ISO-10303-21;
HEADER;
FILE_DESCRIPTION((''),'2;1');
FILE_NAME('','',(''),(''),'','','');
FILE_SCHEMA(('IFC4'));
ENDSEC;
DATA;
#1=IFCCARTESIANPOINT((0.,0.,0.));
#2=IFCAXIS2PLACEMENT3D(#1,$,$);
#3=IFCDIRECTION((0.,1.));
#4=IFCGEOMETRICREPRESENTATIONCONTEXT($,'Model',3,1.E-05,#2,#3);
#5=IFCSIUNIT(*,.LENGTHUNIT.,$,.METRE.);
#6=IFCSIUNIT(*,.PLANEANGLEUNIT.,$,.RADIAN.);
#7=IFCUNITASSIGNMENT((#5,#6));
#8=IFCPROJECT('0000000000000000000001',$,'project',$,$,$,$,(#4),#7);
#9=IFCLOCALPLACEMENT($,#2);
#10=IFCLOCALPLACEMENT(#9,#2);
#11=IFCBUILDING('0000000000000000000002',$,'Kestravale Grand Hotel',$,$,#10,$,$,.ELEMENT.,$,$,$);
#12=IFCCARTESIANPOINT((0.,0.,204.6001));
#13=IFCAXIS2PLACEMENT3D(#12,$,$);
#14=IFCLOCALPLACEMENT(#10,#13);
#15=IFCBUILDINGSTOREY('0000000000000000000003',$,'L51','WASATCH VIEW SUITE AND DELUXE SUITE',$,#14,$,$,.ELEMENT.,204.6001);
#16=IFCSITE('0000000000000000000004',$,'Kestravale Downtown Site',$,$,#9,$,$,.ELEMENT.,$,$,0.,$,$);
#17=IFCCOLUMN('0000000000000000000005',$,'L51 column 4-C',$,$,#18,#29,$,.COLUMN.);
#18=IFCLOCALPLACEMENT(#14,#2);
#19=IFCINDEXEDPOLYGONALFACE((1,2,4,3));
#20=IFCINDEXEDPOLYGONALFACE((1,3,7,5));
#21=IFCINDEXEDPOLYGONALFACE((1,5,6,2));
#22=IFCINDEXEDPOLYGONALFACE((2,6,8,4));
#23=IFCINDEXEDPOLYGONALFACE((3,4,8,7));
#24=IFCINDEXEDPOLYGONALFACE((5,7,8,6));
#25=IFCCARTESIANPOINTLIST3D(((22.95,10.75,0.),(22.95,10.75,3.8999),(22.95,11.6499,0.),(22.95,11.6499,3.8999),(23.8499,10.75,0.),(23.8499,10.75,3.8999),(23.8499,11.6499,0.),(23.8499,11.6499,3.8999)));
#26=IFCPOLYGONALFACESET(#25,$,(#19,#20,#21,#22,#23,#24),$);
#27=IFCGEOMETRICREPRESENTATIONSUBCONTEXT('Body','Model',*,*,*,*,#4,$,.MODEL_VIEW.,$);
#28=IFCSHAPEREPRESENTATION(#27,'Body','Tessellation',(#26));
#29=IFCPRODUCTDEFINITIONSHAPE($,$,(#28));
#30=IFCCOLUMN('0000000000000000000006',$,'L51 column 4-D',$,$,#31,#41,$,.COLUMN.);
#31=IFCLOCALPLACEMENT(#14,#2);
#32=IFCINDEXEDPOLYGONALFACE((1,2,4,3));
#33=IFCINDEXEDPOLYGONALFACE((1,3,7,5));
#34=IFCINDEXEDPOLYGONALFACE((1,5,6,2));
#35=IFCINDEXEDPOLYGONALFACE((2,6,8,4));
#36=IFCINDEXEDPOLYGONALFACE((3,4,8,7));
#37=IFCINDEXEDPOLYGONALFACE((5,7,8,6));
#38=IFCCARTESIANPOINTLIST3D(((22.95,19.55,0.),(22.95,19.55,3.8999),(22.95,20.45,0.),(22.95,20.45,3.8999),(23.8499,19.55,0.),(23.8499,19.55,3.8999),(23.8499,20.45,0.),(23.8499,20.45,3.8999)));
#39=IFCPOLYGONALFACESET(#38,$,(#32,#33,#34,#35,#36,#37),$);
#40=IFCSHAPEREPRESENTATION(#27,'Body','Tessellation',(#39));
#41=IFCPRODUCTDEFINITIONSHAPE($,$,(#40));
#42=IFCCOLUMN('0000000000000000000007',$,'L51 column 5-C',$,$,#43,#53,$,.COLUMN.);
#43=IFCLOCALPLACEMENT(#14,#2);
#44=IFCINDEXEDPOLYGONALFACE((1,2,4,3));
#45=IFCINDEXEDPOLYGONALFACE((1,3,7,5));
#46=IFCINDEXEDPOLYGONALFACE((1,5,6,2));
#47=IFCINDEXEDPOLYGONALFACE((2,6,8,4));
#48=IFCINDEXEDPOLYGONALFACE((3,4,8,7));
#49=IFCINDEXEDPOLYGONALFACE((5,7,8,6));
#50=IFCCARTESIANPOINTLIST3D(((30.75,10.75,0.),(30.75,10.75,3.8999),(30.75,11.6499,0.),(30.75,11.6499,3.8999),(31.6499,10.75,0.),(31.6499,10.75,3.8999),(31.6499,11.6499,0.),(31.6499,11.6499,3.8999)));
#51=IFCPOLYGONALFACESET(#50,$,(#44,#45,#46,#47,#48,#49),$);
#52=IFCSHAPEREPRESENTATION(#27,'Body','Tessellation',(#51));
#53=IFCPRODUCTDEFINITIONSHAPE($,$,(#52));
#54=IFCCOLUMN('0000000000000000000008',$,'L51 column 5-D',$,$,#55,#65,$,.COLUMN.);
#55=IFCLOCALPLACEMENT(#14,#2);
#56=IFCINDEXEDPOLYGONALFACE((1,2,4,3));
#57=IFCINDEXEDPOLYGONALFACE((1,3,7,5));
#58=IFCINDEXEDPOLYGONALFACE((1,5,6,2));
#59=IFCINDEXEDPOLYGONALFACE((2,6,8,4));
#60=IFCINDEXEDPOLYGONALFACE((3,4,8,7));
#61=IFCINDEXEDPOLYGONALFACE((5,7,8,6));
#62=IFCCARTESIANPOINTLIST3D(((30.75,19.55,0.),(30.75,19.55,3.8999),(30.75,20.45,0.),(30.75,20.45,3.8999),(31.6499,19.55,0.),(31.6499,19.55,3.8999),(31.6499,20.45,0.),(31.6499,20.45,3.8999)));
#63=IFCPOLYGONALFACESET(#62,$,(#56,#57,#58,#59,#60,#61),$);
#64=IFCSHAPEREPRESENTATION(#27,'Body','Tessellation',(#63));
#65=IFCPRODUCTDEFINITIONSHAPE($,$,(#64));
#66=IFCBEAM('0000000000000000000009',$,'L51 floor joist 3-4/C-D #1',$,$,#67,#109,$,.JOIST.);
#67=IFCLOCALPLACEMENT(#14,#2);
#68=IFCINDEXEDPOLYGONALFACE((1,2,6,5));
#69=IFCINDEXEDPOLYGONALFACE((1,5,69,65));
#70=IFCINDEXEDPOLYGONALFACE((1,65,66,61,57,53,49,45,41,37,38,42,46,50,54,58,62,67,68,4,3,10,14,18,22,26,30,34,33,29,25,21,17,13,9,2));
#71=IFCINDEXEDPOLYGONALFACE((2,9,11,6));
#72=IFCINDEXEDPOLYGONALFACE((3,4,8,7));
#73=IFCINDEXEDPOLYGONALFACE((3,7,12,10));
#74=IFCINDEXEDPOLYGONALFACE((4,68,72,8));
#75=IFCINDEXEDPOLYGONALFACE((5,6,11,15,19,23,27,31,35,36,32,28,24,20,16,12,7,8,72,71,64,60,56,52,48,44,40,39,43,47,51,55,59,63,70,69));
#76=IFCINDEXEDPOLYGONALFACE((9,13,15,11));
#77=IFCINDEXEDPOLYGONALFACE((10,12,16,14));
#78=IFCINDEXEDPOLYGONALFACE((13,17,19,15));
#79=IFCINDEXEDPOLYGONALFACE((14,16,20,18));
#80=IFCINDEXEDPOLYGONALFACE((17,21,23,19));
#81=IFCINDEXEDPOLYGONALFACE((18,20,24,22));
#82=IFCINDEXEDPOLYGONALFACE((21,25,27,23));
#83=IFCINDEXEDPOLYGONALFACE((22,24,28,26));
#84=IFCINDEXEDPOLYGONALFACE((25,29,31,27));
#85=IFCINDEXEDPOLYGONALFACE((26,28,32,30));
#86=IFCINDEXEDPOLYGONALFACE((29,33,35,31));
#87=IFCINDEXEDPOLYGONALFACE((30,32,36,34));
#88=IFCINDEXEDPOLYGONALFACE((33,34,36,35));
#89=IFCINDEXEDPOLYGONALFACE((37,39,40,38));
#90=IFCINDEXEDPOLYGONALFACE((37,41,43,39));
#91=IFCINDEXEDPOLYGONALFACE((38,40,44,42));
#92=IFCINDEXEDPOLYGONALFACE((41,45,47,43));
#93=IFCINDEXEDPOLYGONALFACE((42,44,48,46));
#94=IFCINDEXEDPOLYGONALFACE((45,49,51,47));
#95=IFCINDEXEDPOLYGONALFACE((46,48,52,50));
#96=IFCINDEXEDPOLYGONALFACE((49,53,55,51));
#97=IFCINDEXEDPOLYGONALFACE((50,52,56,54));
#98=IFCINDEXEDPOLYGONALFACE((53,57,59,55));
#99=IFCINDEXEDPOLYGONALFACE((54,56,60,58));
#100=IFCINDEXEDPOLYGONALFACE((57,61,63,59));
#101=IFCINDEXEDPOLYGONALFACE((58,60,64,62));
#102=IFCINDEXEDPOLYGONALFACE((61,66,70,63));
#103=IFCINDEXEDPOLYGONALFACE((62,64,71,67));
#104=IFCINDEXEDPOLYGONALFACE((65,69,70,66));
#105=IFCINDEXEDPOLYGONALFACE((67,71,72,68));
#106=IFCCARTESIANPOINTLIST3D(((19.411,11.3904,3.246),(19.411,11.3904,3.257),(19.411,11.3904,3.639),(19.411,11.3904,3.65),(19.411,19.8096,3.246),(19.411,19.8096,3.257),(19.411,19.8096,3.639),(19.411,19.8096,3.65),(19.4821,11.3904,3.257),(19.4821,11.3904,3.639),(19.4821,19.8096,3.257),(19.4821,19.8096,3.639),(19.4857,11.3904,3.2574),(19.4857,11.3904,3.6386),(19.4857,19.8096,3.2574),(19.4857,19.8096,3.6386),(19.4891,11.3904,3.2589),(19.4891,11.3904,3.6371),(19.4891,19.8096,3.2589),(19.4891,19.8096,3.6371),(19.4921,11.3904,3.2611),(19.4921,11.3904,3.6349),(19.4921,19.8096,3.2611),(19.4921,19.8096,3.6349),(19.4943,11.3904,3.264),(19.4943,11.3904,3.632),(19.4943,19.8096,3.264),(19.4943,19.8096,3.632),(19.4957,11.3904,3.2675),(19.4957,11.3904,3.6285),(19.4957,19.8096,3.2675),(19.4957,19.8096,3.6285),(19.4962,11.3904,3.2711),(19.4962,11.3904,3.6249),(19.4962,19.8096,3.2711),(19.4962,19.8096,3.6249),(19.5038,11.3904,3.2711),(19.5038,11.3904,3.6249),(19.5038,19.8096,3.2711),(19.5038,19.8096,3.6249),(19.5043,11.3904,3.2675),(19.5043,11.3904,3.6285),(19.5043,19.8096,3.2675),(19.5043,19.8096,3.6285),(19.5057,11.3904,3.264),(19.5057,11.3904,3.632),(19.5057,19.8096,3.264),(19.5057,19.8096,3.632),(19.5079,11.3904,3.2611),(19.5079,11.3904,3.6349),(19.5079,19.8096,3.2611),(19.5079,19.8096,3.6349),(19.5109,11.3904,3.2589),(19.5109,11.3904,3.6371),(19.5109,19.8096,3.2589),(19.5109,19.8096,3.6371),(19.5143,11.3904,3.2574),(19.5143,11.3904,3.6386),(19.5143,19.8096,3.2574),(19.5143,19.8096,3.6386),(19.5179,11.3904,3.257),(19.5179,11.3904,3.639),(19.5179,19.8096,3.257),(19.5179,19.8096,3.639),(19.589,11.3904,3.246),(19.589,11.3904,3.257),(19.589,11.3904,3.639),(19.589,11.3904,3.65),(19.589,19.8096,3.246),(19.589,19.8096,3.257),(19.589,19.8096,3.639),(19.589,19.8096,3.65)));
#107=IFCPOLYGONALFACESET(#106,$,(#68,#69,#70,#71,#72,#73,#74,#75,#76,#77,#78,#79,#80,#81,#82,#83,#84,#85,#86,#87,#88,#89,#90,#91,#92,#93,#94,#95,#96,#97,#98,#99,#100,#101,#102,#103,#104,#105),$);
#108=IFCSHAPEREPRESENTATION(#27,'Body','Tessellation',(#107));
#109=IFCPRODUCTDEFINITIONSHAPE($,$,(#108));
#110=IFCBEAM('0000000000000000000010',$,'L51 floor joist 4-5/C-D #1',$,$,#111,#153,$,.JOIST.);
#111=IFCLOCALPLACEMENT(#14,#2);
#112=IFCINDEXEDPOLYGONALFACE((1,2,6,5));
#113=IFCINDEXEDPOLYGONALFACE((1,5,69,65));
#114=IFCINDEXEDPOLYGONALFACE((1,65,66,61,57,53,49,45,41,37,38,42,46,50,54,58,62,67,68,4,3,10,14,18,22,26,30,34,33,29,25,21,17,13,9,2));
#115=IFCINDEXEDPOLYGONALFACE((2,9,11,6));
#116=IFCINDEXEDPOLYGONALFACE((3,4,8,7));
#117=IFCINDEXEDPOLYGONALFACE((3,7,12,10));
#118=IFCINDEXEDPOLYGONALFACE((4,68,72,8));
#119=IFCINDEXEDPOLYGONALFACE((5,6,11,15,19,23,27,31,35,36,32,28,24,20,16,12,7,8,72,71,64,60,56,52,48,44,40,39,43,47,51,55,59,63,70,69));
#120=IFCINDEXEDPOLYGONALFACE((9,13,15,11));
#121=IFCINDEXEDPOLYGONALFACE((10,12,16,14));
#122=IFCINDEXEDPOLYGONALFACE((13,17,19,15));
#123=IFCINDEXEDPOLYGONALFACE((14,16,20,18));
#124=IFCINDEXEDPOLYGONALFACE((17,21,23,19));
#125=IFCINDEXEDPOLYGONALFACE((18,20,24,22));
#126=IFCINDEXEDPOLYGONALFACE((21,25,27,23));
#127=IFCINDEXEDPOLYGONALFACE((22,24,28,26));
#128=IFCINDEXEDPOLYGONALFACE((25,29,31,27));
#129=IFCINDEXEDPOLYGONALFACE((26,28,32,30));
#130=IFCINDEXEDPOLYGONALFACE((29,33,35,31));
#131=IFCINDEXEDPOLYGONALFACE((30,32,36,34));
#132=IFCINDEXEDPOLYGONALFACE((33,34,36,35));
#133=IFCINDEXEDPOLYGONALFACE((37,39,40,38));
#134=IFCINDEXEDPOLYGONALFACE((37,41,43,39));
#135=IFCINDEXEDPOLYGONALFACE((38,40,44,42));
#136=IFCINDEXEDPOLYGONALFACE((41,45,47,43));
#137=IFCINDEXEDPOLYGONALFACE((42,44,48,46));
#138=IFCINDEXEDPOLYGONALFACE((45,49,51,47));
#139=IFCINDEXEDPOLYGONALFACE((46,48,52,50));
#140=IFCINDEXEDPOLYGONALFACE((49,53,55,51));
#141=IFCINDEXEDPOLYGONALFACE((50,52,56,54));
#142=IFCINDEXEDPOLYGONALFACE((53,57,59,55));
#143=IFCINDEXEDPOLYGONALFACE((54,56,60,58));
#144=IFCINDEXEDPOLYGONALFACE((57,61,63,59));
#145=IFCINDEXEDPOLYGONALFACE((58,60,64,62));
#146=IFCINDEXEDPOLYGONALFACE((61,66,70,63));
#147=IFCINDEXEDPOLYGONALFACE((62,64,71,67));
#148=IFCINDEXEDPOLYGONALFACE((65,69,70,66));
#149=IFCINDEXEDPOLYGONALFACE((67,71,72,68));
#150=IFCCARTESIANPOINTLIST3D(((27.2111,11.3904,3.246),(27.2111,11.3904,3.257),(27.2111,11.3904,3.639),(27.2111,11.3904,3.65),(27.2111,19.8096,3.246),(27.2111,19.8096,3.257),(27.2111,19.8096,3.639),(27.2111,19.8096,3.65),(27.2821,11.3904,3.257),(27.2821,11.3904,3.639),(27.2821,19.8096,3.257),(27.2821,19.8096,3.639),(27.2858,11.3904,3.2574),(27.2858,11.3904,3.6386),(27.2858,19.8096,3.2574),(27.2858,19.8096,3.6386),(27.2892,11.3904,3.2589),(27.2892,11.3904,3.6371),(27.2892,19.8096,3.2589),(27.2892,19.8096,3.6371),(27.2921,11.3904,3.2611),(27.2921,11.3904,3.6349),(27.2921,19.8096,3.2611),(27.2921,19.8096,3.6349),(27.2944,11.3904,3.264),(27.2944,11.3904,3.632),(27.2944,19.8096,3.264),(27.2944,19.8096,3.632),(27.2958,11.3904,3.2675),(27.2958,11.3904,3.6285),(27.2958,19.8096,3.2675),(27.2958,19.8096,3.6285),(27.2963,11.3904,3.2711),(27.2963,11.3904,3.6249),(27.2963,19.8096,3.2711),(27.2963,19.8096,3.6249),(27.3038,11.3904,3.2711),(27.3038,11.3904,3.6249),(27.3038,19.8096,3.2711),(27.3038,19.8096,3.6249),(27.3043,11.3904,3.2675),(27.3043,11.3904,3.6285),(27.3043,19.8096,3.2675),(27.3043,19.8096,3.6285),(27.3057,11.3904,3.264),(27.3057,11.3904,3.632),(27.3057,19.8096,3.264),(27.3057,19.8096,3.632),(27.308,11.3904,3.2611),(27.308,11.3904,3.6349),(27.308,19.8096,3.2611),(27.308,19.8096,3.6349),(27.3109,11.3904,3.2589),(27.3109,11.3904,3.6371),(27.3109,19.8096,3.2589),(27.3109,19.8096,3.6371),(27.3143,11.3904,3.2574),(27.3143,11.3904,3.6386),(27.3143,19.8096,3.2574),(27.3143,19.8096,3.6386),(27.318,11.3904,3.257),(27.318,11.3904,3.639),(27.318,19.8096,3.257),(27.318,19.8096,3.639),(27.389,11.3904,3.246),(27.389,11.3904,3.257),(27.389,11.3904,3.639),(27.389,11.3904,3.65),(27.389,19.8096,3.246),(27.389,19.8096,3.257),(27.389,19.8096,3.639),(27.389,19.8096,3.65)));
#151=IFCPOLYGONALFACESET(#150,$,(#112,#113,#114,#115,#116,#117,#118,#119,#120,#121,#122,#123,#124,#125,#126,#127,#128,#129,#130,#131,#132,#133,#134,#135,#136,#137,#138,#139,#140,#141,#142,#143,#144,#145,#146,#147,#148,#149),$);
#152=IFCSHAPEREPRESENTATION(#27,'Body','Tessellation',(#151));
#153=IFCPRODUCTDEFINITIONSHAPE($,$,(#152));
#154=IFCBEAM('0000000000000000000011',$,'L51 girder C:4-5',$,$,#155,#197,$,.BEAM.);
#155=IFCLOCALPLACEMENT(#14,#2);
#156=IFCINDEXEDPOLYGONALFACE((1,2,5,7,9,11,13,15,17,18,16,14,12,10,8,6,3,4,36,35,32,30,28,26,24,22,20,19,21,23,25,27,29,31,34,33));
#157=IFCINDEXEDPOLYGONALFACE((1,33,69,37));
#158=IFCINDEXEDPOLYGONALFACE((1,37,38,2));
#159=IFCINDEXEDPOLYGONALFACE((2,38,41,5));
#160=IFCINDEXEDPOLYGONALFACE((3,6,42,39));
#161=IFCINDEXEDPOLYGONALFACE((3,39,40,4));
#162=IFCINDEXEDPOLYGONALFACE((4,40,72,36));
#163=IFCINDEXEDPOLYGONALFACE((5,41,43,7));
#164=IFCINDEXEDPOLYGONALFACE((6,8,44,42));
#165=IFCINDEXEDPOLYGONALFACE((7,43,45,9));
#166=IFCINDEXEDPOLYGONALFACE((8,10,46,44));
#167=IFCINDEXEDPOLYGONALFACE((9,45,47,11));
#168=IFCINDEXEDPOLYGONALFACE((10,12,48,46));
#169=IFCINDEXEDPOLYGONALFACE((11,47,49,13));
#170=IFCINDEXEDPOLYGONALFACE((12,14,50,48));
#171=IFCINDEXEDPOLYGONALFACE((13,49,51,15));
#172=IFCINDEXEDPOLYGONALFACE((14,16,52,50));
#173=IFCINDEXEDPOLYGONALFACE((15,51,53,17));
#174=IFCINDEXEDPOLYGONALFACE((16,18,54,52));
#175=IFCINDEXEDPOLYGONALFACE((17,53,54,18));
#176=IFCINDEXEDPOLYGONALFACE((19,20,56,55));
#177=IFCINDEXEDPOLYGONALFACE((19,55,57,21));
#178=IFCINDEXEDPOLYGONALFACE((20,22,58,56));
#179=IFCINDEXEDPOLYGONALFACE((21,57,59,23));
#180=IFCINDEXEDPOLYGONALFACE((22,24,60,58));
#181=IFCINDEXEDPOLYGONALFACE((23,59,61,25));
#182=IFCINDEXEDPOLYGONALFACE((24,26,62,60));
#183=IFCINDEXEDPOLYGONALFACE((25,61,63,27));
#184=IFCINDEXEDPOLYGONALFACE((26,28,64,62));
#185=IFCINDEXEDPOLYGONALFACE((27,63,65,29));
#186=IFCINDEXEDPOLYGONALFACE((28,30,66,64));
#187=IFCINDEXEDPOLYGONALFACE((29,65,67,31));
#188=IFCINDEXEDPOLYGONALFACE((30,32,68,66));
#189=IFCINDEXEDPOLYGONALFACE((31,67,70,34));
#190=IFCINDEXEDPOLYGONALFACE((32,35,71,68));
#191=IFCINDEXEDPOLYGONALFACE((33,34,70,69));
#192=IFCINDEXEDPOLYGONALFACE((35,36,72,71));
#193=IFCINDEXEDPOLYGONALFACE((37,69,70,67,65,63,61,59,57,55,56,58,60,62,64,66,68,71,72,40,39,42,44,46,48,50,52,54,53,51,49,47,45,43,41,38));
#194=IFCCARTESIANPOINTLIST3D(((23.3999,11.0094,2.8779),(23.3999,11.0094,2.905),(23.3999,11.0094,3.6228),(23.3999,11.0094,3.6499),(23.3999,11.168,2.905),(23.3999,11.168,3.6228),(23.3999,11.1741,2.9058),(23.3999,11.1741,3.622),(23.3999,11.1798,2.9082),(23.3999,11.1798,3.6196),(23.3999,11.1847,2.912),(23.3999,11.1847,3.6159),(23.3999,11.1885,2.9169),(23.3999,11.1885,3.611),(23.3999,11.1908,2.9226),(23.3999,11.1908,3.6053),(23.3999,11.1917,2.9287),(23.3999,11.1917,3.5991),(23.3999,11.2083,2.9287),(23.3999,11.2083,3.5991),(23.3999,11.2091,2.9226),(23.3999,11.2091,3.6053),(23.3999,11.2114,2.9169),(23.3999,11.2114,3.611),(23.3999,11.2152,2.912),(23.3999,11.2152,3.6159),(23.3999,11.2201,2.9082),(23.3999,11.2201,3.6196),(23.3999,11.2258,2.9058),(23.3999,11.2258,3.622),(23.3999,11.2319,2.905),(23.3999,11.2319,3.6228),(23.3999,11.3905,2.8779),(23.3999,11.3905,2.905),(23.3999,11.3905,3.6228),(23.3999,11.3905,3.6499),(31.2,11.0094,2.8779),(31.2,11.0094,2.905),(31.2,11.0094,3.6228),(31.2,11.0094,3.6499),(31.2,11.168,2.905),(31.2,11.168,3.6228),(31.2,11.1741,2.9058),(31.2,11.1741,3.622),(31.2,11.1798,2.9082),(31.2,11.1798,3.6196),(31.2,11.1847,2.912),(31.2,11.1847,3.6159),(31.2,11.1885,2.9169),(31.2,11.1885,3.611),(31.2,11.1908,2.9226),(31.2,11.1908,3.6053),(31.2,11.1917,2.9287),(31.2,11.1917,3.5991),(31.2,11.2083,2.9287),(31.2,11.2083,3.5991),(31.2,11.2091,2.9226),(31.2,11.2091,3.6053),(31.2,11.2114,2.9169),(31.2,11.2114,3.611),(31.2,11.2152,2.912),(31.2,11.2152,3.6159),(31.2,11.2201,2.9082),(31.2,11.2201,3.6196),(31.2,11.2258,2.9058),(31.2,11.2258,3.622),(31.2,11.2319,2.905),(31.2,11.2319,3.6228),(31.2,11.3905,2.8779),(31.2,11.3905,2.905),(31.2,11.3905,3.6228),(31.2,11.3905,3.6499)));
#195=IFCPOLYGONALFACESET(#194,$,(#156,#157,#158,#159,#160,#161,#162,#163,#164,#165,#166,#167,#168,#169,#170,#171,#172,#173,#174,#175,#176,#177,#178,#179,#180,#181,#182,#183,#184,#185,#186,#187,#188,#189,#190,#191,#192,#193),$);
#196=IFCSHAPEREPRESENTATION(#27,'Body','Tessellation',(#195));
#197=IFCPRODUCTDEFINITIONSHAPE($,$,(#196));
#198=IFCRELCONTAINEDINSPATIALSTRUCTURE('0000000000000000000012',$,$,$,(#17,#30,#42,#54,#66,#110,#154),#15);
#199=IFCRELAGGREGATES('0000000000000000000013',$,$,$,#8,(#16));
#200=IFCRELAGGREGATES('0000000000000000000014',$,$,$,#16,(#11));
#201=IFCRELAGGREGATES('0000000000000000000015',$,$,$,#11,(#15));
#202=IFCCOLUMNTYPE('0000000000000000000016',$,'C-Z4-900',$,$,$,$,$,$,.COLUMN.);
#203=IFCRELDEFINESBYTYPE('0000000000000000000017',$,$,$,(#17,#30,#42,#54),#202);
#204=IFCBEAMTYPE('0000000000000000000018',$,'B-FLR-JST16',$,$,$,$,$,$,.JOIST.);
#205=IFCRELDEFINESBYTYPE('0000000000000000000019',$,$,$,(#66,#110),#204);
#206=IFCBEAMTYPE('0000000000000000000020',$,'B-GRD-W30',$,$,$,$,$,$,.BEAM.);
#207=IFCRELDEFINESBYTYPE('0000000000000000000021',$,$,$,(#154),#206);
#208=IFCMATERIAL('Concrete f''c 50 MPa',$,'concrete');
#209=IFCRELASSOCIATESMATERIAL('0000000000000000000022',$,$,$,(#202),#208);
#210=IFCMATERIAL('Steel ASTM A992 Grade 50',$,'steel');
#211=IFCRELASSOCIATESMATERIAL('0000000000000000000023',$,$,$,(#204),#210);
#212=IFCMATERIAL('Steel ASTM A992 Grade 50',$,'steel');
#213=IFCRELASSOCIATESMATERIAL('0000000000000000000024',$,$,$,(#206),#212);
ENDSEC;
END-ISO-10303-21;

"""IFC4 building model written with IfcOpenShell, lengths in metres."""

from ifc_helpers import new_model, si_unit, direction, frame, origin, origin_2d, place, context, subcontext, project, spatial, rectangle, i_section, extrude, material, material_profile, profile_set, type_object, element, save


model = new_model("IFC4")

# Units and contexts
model_context = context("Model", 3, precision=1e-05, world=origin(), true_north=direction((0.0, 1.0)))
body_context = subcontext(model_context, "Body", "Model", "MODEL_VIEW")
ifc_project = project(units=[si_unit("LENGTHUNIT", "METRE"), si_unit("PLANEANGLEUNIT", "RADIAN")], contexts=[model_context])

# Site, building, storey
site_placement = place(None, origin())
site = spatial("IfcSite", under=ifc_project, at=site_placement, Name="Kestravale Downtown Site", CompositionType="ELEMENT", RefElevation=0.0)
building_placement = place(site_placement, origin())
building = spatial("IfcBuilding", under=site, at=building_placement, Name="Kestravale Grand Hotel", CompositionType="ELEMENT")
storey_placement = place(building_placement, frame((0.0, 0.0, 204.6001)))
storey = spatial("IfcBuildingStorey", under=building, at=storey_placement, Name="L51", Description="WASATCH VIEW SUITE AND DELUXE SUITE", CompositionType="ELEMENT", Elevation=204.6001)

# Columns
ifc_material_1 = material(Name="Concrete f'c 50 MPa", Category="concrete")
ifc_material_profile_1 = material_profile(ifc_material_1, rectangle(XDim=0.8999, YDim=0.8999, at=origin_2d()))
ifc_profile_set_1 = profile_set([ifc_material_profile_1], Name="Concrete f'c 50 MPa")
column_type = type_object("IfcColumnType", Name="C-Z4-900", PredefinedType="COLUMN", material=ifc_profile_set_1)
for number, where, z_axis, x_axis, name in (
    (1, (23.3999, 11.2, 0.0), (0.0, 0.0, 1.0), (1.0, 0.0, 0.0), "L51 column 4-C"),
    (2, (23.3999, 20.0, 0.0), (0.0, 0.0, 1.0), (1.0, 0.0, 0.0), "L51 column 4-D"),
    (3, (31.2, 11.2, 0.0), (0.0, 0.0, 1.0), (1.0, 0.0, 0.0), "L51 column 5-C"),
    (4, (31.2, 20.0, 0.0), (0.0, 0.0, 1.0), (1.0, 0.0, 0.0), "L51 column 5-D"),
):
    element("IfcColumn", number, at=place(storey_placement, frame(where, z_axis=z_axis, x_axis=x_axis)), inside=storey, type_object=column_type, Name=name, PredefinedType="COLUMN", context=body_context, shape_type="SweptSolid", body=[
        extrude(rectangle(XDim=0.8999, YDim=0.8999, at=origin_2d()), origin(), (0.0, 0.0, 1.0), 3.8999),
    ])

# Beams
ifc_material_2 = material(Name="Steel ASTM A992 Grade 50", Category="steel")
ifc_material_profile_2 = material_profile(ifc_material_2, i_section(OverallWidth=0.178, OverallDepth=0.4041, WebThickness=0.0076, FlangeThickness=0.011, FilletRadius=0.0142, at=origin_2d()))
ifc_profile_set_2 = profile_set([ifc_material_profile_2], Name="Steel ASTM A992 Grade 50")
beam_type_1 = type_object("IfcBeamType", Name="B-FLR-JST16", PredefinedType="JOIST", material=ifc_profile_set_2)
for number, where, z_axis, x_axis, name in (
    (5, (19.5, 11.3904, 3.448), (0.0, 1.0, 0.0), (-1.0, 0.0, 0.0), "L51 floor joist 3-4/C-D #1"),
    (6, (27.3, 11.3904, 3.448), (0.0, 1.0, 0.0), (-1.0, 0.0, 0.0), "L51 floor joist 4-5/C-D #1"),
):
    element("IfcBeam", number, at=place(storey_placement, frame(where, z_axis=z_axis, x_axis=x_axis)), inside=storey, type_object=beam_type_1, Name=name, PredefinedType="JOIST", context=body_context, shape_type="SweptSolid", body=[
        extrude(i_section(OverallWidth=0.178, OverallDepth=0.4041, WebThickness=0.0076, FlangeThickness=0.011, FilletRadius=0.0142, at=origin_2d()), origin(), (0.0, 0.0, 1.0), 8.4192),
    ])
ifc_material_3 = material(Name="Steel ASTM A992 Grade 50", Category="steel")
ifc_material_profile_3 = material_profile(ifc_material_3, i_section(OverallWidth=0.3811, OverallDepth=0.772, WebThickness=0.0166, FlangeThickness=0.0271, FilletRadius=0.0237, at=origin_2d()))
ifc_profile_set_3 = profile_set([ifc_material_profile_3], Name="Steel ASTM A992 Grade 50")
beam_type_2 = type_object("IfcBeamType", Name="B-GRD-W30", PredefinedType="BEAM", material=ifc_profile_set_3)
for number, where, z_axis, x_axis, name in (
    (7, (23.3999, 11.2, 3.2639), (1.0, 0.0, 0.0), (0.0, 1.0, 0.0), "L51 girder C:4-5"),
):
    element("IfcBeam", number, at=place(storey_placement, frame(where, z_axis=z_axis, x_axis=x_axis)), inside=storey, type_object=beam_type_2, Name=name, PredefinedType="BEAM", context=body_context, shape_type="SweptSolid", body=[
        extrude(i_section(OverallWidth=0.3811, OverallDepth=0.772, WebThickness=0.0166, FlangeThickness=0.0271, FilletRadius=0.0237, at=origin_2d()), origin(), (0.0, 0.0, 1.0), 7.8),
    ])

save(model, "model.ifc")
